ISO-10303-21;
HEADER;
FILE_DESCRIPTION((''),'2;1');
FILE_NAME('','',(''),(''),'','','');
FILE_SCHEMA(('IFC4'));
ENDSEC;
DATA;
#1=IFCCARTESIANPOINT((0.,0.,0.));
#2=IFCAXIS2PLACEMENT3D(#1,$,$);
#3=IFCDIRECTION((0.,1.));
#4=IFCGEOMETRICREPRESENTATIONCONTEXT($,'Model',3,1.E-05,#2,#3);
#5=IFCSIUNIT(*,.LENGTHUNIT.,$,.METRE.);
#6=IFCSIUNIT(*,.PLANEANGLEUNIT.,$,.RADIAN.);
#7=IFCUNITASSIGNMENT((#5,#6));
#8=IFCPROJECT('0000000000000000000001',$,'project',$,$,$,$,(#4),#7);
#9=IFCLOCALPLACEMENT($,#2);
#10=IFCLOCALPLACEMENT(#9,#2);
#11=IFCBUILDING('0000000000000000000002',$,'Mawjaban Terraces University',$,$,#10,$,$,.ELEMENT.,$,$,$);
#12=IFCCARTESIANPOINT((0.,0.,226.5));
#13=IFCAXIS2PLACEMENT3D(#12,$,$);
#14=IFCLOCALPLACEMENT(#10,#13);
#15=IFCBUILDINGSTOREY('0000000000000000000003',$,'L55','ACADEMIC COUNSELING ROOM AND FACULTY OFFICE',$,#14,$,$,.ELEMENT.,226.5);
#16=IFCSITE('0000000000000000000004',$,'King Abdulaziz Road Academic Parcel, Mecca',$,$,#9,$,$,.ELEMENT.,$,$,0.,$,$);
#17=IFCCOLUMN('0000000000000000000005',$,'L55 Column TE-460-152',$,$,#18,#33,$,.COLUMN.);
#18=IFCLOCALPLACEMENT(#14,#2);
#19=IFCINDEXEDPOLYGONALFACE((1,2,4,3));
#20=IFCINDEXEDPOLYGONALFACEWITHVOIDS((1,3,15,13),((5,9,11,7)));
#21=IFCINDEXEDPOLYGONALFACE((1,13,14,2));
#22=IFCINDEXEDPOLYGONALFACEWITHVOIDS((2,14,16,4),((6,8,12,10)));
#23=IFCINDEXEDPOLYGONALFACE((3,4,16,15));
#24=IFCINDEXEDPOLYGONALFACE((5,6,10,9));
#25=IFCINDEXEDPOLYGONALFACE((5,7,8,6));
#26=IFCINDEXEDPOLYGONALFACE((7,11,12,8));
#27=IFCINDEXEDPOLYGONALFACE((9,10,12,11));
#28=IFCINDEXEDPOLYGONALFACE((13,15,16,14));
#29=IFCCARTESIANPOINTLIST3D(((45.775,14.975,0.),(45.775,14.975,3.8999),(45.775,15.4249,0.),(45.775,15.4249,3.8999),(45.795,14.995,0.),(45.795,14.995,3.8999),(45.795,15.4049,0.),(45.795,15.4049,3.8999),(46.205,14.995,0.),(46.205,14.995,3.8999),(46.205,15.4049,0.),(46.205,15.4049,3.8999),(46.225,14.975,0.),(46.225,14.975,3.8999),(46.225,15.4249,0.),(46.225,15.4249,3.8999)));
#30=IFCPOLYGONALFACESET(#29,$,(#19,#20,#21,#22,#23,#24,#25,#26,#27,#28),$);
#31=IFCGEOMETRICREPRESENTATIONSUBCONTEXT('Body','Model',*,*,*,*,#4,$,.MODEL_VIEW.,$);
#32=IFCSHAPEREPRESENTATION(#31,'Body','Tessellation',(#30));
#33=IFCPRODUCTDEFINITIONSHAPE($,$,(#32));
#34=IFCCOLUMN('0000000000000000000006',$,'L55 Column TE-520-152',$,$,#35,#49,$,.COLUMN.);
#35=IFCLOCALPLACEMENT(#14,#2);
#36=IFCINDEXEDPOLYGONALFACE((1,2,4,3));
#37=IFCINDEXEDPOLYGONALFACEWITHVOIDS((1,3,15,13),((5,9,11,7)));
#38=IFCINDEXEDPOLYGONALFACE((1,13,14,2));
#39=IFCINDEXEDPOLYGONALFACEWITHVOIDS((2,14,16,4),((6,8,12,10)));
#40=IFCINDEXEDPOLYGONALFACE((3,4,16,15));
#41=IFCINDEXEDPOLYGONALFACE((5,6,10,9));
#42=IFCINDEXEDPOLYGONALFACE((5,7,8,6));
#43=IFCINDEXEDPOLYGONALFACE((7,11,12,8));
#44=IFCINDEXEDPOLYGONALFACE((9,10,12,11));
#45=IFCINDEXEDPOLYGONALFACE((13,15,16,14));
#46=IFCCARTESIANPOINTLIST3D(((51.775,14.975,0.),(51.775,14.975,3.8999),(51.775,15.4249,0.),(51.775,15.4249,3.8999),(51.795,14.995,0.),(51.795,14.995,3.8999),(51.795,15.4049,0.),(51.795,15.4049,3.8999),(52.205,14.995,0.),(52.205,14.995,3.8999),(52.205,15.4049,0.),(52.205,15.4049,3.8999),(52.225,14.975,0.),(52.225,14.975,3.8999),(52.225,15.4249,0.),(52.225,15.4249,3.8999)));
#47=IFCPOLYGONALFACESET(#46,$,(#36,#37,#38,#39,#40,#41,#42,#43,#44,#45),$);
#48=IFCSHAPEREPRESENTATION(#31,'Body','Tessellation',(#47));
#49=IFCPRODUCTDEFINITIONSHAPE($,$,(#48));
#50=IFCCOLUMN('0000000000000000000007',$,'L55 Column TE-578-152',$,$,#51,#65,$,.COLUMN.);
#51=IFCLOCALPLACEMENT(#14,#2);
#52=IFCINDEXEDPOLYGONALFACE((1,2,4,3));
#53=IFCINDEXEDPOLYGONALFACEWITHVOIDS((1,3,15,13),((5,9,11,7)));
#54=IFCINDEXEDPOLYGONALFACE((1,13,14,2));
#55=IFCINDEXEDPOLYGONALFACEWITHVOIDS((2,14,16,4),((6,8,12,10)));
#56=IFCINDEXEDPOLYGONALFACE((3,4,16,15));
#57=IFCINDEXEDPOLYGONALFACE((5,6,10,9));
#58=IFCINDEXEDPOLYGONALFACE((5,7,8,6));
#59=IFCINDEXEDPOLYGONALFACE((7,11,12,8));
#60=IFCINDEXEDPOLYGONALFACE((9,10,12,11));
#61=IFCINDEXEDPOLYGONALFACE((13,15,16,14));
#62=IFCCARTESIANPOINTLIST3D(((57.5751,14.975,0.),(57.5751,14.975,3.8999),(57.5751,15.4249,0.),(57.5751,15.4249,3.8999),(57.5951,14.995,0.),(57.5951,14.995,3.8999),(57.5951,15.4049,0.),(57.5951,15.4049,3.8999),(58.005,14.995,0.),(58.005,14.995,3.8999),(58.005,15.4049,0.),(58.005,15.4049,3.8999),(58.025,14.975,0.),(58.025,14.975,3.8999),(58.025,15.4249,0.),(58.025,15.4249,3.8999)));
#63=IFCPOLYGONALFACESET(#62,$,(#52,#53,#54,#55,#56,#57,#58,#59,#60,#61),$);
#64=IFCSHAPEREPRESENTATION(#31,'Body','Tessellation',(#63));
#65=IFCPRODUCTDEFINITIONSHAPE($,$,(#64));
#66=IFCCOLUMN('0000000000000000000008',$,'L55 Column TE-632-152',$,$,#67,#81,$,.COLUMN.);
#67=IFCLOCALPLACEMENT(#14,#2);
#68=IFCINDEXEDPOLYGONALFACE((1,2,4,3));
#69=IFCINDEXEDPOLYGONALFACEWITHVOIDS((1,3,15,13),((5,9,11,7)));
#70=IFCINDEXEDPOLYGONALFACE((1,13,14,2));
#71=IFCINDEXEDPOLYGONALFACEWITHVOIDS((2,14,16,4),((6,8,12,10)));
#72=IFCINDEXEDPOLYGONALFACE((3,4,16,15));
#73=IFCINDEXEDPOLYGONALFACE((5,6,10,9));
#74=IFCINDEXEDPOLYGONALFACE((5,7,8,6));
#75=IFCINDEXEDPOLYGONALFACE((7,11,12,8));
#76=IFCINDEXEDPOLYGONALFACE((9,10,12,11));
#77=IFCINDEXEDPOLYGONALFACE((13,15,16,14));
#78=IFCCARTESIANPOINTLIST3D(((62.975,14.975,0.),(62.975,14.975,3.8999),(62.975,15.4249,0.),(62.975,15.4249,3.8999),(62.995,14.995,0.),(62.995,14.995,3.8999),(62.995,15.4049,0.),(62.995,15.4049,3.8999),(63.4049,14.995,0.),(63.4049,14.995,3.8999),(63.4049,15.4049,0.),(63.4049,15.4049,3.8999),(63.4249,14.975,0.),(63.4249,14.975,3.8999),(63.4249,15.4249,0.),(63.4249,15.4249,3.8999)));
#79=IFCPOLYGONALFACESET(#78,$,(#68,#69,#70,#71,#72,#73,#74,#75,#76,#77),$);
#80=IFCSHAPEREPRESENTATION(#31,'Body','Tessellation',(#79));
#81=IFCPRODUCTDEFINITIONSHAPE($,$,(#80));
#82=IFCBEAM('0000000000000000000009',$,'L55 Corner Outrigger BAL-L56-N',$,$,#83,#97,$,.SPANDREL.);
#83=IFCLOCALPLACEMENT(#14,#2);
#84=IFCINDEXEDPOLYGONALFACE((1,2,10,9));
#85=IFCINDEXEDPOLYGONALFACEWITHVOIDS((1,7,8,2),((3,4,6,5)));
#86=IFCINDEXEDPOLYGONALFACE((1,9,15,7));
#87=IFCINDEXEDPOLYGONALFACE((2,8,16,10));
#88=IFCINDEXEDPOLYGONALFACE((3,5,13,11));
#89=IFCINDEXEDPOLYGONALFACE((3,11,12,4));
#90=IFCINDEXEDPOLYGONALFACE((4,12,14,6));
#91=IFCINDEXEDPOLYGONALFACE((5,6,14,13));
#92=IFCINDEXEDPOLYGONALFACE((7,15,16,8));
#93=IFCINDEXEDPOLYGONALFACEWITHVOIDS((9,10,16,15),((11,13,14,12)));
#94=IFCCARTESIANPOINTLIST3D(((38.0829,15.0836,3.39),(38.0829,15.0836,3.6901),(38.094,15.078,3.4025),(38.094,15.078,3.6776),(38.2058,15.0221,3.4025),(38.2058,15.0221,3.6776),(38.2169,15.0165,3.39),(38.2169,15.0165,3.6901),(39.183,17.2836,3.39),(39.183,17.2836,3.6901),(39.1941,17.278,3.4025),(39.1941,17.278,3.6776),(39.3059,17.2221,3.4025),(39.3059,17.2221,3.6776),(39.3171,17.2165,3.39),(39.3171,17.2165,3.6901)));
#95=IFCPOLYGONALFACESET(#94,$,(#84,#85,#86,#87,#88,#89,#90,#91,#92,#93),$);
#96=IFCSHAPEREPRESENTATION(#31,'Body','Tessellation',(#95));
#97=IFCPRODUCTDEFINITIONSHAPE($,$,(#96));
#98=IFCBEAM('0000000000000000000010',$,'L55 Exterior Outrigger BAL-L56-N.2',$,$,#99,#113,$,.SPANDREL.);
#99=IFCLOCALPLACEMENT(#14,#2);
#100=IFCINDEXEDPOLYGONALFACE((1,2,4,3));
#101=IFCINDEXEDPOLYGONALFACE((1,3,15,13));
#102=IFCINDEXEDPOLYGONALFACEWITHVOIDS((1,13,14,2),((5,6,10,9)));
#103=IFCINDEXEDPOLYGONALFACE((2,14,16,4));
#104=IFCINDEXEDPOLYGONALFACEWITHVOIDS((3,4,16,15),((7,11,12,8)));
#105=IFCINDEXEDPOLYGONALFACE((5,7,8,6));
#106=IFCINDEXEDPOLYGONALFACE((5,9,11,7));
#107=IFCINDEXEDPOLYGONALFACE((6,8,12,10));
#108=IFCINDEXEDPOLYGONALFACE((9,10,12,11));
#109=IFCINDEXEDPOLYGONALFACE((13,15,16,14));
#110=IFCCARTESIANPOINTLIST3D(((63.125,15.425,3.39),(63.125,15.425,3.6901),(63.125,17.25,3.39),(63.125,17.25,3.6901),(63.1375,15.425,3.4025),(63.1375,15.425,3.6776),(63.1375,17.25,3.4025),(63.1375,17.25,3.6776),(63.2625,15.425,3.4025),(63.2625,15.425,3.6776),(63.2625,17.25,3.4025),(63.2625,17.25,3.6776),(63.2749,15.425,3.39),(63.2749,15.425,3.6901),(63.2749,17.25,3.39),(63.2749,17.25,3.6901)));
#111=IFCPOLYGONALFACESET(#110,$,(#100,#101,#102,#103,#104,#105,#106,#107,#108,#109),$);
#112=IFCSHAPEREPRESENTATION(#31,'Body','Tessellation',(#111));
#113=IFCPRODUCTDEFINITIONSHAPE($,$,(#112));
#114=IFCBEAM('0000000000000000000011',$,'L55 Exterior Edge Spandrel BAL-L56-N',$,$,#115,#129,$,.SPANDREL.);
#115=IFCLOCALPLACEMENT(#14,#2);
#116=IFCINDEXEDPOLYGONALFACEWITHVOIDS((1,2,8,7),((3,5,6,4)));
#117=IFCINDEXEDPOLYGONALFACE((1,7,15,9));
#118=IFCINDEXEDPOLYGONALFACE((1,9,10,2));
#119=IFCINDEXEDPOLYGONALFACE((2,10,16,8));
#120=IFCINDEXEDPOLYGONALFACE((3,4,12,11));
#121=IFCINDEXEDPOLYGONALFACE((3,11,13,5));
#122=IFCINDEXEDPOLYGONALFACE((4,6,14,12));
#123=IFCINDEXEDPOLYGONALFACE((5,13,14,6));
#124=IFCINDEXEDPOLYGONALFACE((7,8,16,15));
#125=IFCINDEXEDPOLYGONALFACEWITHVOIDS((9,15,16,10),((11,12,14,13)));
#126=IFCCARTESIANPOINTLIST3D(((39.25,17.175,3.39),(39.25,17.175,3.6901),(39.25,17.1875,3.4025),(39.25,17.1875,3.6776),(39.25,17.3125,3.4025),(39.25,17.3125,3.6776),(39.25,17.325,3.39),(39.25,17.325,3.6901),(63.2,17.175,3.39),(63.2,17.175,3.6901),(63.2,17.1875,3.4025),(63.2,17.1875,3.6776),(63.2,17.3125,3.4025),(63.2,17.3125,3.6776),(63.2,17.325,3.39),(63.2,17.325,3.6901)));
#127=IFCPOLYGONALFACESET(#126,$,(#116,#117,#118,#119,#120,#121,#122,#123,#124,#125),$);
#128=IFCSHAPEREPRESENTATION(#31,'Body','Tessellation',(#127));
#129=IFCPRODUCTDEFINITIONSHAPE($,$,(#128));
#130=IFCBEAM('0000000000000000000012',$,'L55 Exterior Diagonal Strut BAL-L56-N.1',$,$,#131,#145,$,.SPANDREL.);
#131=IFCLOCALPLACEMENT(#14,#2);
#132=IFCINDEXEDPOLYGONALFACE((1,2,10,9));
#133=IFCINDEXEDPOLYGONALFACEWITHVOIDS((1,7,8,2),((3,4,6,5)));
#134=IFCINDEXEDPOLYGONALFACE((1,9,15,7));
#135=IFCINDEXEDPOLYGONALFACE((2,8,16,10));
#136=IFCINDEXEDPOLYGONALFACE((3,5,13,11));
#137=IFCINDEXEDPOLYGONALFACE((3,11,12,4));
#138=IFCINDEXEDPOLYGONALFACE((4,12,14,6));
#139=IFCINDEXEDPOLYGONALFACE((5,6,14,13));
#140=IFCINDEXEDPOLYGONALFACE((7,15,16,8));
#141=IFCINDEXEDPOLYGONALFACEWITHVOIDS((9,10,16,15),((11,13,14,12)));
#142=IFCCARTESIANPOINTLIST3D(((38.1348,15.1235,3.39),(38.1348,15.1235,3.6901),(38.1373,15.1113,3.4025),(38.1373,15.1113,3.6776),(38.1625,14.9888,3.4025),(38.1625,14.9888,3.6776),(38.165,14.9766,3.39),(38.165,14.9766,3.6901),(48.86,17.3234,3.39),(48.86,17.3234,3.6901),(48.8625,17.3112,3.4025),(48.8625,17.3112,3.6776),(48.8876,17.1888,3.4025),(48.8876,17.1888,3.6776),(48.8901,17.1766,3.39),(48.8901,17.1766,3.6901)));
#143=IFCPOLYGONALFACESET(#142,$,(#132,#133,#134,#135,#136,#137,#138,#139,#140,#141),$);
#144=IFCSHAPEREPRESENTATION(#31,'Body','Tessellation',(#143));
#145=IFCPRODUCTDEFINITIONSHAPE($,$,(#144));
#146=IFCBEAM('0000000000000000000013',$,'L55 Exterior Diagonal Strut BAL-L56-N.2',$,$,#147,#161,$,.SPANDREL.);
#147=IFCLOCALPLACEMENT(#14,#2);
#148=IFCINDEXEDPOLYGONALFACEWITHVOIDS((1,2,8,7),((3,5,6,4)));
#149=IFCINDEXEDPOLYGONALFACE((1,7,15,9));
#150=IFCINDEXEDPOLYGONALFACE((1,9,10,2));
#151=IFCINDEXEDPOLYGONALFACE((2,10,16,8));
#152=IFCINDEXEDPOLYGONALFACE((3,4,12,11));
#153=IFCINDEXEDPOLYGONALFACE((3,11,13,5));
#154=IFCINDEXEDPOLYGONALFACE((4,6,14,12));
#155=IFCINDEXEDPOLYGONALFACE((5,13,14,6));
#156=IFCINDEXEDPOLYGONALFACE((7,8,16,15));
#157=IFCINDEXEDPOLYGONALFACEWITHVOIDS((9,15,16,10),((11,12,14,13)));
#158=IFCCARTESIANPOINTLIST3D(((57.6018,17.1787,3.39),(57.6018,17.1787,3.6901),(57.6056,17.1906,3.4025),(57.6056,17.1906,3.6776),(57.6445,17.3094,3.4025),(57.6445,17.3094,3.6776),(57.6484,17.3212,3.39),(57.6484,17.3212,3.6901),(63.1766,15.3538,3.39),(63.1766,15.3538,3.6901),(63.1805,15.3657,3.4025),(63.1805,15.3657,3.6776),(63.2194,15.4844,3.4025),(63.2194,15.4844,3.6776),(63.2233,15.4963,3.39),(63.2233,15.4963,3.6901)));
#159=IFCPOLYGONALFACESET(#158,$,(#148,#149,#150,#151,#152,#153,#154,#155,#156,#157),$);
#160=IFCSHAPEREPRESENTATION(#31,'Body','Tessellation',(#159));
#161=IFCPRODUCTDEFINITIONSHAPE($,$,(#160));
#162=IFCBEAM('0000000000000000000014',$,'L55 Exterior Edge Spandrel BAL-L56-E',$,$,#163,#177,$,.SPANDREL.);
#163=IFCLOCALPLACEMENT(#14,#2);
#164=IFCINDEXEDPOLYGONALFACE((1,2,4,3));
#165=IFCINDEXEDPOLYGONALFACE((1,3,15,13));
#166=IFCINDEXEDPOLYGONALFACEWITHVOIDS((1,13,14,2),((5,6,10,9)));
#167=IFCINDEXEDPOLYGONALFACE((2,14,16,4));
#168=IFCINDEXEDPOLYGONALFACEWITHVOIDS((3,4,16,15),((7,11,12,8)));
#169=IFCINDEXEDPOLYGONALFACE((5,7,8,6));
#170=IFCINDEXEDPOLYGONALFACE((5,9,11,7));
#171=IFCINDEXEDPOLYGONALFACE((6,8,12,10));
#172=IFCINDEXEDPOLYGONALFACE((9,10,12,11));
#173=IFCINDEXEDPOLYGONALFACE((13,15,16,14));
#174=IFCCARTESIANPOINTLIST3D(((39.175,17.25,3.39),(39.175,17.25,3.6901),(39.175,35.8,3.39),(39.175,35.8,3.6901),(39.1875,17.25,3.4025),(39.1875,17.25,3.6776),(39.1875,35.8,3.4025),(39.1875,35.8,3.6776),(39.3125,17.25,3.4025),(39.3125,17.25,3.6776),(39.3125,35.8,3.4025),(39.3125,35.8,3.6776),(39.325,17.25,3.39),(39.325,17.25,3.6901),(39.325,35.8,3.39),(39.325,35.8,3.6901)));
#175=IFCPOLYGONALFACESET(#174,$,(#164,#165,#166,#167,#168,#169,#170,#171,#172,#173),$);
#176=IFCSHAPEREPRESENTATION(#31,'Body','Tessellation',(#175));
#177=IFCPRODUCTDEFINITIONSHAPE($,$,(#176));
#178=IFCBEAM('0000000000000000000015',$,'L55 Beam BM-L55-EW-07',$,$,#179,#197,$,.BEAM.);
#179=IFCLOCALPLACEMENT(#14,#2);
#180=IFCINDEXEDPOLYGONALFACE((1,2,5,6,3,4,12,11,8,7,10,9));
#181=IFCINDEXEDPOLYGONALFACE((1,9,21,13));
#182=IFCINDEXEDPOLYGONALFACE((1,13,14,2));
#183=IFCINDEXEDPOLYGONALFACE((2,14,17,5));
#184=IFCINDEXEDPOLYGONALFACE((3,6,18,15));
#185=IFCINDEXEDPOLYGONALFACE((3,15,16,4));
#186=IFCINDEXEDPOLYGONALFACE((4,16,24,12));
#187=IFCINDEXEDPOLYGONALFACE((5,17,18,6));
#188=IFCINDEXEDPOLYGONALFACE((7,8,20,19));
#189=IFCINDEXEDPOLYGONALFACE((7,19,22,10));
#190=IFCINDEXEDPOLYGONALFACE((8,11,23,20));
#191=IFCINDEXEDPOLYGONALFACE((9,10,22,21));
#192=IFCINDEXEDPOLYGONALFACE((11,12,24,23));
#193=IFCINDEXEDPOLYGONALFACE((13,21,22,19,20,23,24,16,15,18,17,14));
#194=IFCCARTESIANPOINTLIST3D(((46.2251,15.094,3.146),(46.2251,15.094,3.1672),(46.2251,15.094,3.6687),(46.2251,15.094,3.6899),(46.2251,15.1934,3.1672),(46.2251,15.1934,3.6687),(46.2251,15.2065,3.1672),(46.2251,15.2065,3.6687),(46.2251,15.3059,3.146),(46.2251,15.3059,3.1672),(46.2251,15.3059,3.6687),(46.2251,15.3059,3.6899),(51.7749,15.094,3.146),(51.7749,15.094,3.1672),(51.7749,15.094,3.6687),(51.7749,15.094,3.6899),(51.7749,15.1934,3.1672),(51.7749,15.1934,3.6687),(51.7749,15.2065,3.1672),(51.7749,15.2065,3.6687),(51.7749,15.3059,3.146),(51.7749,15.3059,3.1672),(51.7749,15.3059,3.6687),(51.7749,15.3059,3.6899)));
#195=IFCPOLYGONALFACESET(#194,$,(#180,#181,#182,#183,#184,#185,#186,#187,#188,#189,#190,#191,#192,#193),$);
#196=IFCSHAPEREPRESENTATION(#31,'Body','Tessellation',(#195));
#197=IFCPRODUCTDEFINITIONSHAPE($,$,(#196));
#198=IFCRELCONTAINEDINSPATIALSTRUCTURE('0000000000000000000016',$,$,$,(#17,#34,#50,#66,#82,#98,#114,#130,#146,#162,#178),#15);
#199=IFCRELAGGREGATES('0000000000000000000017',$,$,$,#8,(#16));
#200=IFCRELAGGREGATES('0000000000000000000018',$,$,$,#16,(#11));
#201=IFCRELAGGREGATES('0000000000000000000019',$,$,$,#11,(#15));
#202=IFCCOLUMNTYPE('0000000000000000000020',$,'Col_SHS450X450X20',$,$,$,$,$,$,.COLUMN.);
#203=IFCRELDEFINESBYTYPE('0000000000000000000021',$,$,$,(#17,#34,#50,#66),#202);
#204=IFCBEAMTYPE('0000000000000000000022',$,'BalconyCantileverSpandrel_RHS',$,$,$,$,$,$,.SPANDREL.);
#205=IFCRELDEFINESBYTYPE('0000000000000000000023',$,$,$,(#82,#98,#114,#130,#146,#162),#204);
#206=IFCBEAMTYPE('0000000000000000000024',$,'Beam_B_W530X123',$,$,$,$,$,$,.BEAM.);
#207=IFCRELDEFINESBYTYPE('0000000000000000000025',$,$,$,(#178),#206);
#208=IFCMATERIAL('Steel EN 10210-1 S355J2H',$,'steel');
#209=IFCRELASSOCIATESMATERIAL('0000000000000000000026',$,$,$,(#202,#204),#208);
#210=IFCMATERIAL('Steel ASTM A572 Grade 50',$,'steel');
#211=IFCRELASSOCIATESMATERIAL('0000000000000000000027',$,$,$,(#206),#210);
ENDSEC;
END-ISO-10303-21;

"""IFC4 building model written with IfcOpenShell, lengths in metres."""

from ifc_helpers import new_model, si_unit, direction, frame, origin, origin_2d, place, context, subcontext, project, spatial, hollow_rectangle, i_section, extrude, material, material_profile, profile_set, type_object, element, save


model = new_model("IFC4")

# Units and contexts
model_context = context("Model", 3, precision=1e-05, world=origin(), true_north=direction((0.0, 1.0)))
body_context = subcontext(model_context, "Body", "Model", "MODEL_VIEW")
ifc_project = project(units=[si_unit("LENGTHUNIT", "METRE"), si_unit("PLANEANGLEUNIT", "RADIAN")], contexts=[model_context])

# Site, building, storey
site_placement = place(None, origin())
site = spatial("IfcSite", under=ifc_project, at=site_placement, Name="King Abdulaziz Road Academic Parcel, Mecca", CompositionType="ELEMENT", RefElevation=0.0)
building_placement = place(site_placement, origin())
building = spatial("IfcBuilding", under=site, at=building_placement, Name="Mawjaban Terraces University", CompositionType="ELEMENT")
storey_placement = place(building_placement, frame((0.0, 0.0, 226.5)))
storey = spatial("IfcBuildingStorey", under=building, at=storey_placement, Name="L55", Description="ACADEMIC COUNSELING ROOM AND FACULTY OFFICE", CompositionType="ELEMENT", Elevation=226.5)

# Columns
ifc_material_1 = material(Name="Steel EN 10210-1 S355J2H", Category="steel")
ifc_material_profile_1 = material_profile(ifc_material_1, hollow_rectangle(XDim=0.45, YDim=0.45, WallThickness=0.02, at=origin_2d()), Name="SHS450X450X20")
ifc_profile_set_1 = profile_set([ifc_material_profile_1], Name="Steel EN 10210-1 S355J2H")
column_type = type_object("IfcColumnType", Name="Col_SHS450X450X20", PredefinedType="COLUMN", material=ifc_profile_set_1)
for number, where, z_axis, x_axis, name in (
    (1, (46.0, 15.2, 0.0), (0.0, 0.0, 1.0), (1.0, 0.0, 0.0), "L55 Column TE-460-152"),
    (2, (52.0, 15.2, 0.0), (0.0, 0.0, 1.0), (1.0, 0.0, 0.0), "L55 Column TE-520-152"),
    (3, (57.8, 15.2, 0.0), (0.0, 0.0, 1.0), (1.0, 0.0, 0.0), "L55 Column TE-578-152"),
    (4, (63.2, 15.2, 0.0), (0.0, 0.0, 1.0), (1.0, 0.0, 0.0), "L55 Column TE-632-152"),
):
    element("IfcColumn", number, at=place(storey_placement, frame(where, z_axis=z_axis, x_axis=x_axis)), inside=storey, type_object=column_type, Name=name, PredefinedType="COLUMN", context=body_context, shape_type="SweptSolid", body=[
        extrude(hollow_rectangle(XDim=0.45, YDim=0.45, WallThickness=0.02, at=origin_2d()), origin(), (0.0, 0.0, 1.0), 3.8999),
    ])

# Beams
ifc_material_profile_2 = material_profile(ifc_material_1, hollow_rectangle(XDim=0.1499, YDim=0.3, WallThickness=0.0125, at=origin_2d()), Name="RHS300X150X12.5")
ifc_profile_set_2 = profile_set([ifc_material_profile_2], Name="Steel EN 10210-1 S355J2H")
beam_type_1 = type_object("IfcBeamType", Name="BalconyCantileverSpandrel_RHS", PredefinedType="SPANDREL", material=ifc_profile_set_2)
beam_1_placement = place(storey_placement, frame((38.1499, 15.05, 3.54), z_axis=(0.447253, 0.894407, 0.0), x_axis=(-0.894407, 0.447253, 0.0)))
element("IfcBeam", 5, at=beam_1_placement, inside=storey, type_object=beam_type_1, Name="L55 Corner Outrigger BAL-L56-N", PredefinedType="SPANDREL", context=body_context, shape_type="SweptSolid", body=[
    extrude(hollow_rectangle(XDim=0.1499, YDim=0.3, WallThickness=0.0125, at=origin_2d()), origin(), (0.0, 0.0, 1.0), 2.4597),
])
beam_2_placement = place(storey_placement, frame((63.2, 15.425, 3.54), z_axis=(0.0, 1.0, 0.0), x_axis=(-1.0, 0.0, 0.0)))
element("IfcBeam", 6, at=beam_2_placement, inside=storey, type_object=beam_type_1, Name="L55 Exterior Outrigger BAL-L56-N.2", PredefinedType="SPANDREL", context=body_context, shape_type="SweptSolid", body=[
    extrude(hollow_rectangle(XDim=0.1499, YDim=0.3, WallThickness=0.0125, at=origin_2d()), origin(), (0.0, 0.0, 1.0), 1.825),
])
beam_3_placement = place(storey_placement, frame((39.25, 17.25, 3.54), z_axis=(1.0, 0.0, 0.0), x_axis=(0.0, 1.0, 0.0)))
element("IfcBeam", 7, at=beam_3_placement, inside=storey, type_object=beam_type_1, Name="L55 Exterior Edge Spandrel BAL-L56-N", PredefinedType="SPANDREL", context=body_context, shape_type="SweptSolid", body=[
    extrude(hollow_rectangle(XDim=0.1499, YDim=0.3, WallThickness=0.0125, at=origin_2d()), origin(), (0.0, 0.0, 1.0), 23.95),
])
beam_4_placement = place(storey_placement, frame((38.1499, 15.05, 3.54), z_axis=(0.979604, 0.200938, 0.0), x_axis=(-0.200938, 0.979604, 0.0)))
element("IfcBeam", 8, at=beam_4_placement, inside=storey, type_object=beam_type_1, Name="L55 Exterior Diagonal Strut BAL-L56-N.1", PredefinedType="SPANDREL", context=body_context, shape_type="SweptSolid", body=[
    extrude(hollow_rectangle(XDim=0.1499, YDim=0.3, WallThickness=0.0125, at=origin_2d()), origin(), (0.0, 0.0, 1.0), 10.9485),
])
beam_5_placement = place(storey_placement, frame((63.2, 15.425, 3.54), z_axis=(-0.950376, 0.311104, 0.0), x_axis=(-0.311104, -0.950376, 0.0)))
element("IfcBeam", 9, at=beam_5_placement, inside=storey, type_object=beam_type_1, Name="L55 Exterior Diagonal Strut BAL-L56-N.2", PredefinedType="SPANDREL", context=body_context, shape_type="SweptSolid", body=[
    extrude(hollow_rectangle(XDim=0.1499, YDim=0.3, WallThickness=0.0125, at=origin_2d()), origin(), (0.0, 0.0, 1.0), 5.866),
])
beam_6_placement = place(storey_placement, frame((39.25, 17.25, 3.54), z_axis=(0.0, 1.0, 0.0), x_axis=(-1.0, 0.0, 0.0)))
element("IfcBeam", 10, at=beam_6_placement, inside=storey, type_object=beam_type_1, Name="L55 Exterior Edge Spandrel BAL-L56-E", PredefinedType="SPANDREL", context=body_context, shape_type="SweptSolid", body=[
    extrude(hollow_rectangle(XDim=0.1499, YDim=0.3, WallThickness=0.0125, at=origin_2d()), origin(), (0.0, 0.0, 1.0), 18.55),
])
ifc_material_2 = material(Name="Steel ASTM A572 Grade 50", Category="steel")
ifc_material_profile_3 = material_profile(ifc_material_2, i_section(OverallWidth=0.2119, OverallDepth=0.5439, WebThickness=0.0132, FlangeThickness=0.0212, at=origin_2d()), Name="W530X123")
ifc_profile_set_3 = profile_set([ifc_material_profile_3], Name="Steel ASTM A572 Grade 50")
beam_type_2 = type_object("IfcBeamType", Name="Beam_B_W530X123", PredefinedType="BEAM", material=ifc_profile_set_3)
beam_7_placement = place(storey_placement, frame((46.2251, 15.2, 3.418), z_axis=(1.0, 0.0, 0.0), x_axis=(0.0, 1.0, 0.0)))
element("IfcBeam", 11, at=beam_7_placement, inside=storey, type_object=beam_type_2, Name="L55 Beam BM-L55-EW-07", PredefinedType="BEAM", context=body_context, shape_type="SweptSolid", body=[
    extrude(i_section(OverallWidth=0.2119, OverallDepth=0.5439, WebThickness=0.0132, FlangeThickness=0.0212, at=origin_2d()), origin(), (0.0, 0.0, 1.0), 5.5498),
])

save(model, "model.ifc")
